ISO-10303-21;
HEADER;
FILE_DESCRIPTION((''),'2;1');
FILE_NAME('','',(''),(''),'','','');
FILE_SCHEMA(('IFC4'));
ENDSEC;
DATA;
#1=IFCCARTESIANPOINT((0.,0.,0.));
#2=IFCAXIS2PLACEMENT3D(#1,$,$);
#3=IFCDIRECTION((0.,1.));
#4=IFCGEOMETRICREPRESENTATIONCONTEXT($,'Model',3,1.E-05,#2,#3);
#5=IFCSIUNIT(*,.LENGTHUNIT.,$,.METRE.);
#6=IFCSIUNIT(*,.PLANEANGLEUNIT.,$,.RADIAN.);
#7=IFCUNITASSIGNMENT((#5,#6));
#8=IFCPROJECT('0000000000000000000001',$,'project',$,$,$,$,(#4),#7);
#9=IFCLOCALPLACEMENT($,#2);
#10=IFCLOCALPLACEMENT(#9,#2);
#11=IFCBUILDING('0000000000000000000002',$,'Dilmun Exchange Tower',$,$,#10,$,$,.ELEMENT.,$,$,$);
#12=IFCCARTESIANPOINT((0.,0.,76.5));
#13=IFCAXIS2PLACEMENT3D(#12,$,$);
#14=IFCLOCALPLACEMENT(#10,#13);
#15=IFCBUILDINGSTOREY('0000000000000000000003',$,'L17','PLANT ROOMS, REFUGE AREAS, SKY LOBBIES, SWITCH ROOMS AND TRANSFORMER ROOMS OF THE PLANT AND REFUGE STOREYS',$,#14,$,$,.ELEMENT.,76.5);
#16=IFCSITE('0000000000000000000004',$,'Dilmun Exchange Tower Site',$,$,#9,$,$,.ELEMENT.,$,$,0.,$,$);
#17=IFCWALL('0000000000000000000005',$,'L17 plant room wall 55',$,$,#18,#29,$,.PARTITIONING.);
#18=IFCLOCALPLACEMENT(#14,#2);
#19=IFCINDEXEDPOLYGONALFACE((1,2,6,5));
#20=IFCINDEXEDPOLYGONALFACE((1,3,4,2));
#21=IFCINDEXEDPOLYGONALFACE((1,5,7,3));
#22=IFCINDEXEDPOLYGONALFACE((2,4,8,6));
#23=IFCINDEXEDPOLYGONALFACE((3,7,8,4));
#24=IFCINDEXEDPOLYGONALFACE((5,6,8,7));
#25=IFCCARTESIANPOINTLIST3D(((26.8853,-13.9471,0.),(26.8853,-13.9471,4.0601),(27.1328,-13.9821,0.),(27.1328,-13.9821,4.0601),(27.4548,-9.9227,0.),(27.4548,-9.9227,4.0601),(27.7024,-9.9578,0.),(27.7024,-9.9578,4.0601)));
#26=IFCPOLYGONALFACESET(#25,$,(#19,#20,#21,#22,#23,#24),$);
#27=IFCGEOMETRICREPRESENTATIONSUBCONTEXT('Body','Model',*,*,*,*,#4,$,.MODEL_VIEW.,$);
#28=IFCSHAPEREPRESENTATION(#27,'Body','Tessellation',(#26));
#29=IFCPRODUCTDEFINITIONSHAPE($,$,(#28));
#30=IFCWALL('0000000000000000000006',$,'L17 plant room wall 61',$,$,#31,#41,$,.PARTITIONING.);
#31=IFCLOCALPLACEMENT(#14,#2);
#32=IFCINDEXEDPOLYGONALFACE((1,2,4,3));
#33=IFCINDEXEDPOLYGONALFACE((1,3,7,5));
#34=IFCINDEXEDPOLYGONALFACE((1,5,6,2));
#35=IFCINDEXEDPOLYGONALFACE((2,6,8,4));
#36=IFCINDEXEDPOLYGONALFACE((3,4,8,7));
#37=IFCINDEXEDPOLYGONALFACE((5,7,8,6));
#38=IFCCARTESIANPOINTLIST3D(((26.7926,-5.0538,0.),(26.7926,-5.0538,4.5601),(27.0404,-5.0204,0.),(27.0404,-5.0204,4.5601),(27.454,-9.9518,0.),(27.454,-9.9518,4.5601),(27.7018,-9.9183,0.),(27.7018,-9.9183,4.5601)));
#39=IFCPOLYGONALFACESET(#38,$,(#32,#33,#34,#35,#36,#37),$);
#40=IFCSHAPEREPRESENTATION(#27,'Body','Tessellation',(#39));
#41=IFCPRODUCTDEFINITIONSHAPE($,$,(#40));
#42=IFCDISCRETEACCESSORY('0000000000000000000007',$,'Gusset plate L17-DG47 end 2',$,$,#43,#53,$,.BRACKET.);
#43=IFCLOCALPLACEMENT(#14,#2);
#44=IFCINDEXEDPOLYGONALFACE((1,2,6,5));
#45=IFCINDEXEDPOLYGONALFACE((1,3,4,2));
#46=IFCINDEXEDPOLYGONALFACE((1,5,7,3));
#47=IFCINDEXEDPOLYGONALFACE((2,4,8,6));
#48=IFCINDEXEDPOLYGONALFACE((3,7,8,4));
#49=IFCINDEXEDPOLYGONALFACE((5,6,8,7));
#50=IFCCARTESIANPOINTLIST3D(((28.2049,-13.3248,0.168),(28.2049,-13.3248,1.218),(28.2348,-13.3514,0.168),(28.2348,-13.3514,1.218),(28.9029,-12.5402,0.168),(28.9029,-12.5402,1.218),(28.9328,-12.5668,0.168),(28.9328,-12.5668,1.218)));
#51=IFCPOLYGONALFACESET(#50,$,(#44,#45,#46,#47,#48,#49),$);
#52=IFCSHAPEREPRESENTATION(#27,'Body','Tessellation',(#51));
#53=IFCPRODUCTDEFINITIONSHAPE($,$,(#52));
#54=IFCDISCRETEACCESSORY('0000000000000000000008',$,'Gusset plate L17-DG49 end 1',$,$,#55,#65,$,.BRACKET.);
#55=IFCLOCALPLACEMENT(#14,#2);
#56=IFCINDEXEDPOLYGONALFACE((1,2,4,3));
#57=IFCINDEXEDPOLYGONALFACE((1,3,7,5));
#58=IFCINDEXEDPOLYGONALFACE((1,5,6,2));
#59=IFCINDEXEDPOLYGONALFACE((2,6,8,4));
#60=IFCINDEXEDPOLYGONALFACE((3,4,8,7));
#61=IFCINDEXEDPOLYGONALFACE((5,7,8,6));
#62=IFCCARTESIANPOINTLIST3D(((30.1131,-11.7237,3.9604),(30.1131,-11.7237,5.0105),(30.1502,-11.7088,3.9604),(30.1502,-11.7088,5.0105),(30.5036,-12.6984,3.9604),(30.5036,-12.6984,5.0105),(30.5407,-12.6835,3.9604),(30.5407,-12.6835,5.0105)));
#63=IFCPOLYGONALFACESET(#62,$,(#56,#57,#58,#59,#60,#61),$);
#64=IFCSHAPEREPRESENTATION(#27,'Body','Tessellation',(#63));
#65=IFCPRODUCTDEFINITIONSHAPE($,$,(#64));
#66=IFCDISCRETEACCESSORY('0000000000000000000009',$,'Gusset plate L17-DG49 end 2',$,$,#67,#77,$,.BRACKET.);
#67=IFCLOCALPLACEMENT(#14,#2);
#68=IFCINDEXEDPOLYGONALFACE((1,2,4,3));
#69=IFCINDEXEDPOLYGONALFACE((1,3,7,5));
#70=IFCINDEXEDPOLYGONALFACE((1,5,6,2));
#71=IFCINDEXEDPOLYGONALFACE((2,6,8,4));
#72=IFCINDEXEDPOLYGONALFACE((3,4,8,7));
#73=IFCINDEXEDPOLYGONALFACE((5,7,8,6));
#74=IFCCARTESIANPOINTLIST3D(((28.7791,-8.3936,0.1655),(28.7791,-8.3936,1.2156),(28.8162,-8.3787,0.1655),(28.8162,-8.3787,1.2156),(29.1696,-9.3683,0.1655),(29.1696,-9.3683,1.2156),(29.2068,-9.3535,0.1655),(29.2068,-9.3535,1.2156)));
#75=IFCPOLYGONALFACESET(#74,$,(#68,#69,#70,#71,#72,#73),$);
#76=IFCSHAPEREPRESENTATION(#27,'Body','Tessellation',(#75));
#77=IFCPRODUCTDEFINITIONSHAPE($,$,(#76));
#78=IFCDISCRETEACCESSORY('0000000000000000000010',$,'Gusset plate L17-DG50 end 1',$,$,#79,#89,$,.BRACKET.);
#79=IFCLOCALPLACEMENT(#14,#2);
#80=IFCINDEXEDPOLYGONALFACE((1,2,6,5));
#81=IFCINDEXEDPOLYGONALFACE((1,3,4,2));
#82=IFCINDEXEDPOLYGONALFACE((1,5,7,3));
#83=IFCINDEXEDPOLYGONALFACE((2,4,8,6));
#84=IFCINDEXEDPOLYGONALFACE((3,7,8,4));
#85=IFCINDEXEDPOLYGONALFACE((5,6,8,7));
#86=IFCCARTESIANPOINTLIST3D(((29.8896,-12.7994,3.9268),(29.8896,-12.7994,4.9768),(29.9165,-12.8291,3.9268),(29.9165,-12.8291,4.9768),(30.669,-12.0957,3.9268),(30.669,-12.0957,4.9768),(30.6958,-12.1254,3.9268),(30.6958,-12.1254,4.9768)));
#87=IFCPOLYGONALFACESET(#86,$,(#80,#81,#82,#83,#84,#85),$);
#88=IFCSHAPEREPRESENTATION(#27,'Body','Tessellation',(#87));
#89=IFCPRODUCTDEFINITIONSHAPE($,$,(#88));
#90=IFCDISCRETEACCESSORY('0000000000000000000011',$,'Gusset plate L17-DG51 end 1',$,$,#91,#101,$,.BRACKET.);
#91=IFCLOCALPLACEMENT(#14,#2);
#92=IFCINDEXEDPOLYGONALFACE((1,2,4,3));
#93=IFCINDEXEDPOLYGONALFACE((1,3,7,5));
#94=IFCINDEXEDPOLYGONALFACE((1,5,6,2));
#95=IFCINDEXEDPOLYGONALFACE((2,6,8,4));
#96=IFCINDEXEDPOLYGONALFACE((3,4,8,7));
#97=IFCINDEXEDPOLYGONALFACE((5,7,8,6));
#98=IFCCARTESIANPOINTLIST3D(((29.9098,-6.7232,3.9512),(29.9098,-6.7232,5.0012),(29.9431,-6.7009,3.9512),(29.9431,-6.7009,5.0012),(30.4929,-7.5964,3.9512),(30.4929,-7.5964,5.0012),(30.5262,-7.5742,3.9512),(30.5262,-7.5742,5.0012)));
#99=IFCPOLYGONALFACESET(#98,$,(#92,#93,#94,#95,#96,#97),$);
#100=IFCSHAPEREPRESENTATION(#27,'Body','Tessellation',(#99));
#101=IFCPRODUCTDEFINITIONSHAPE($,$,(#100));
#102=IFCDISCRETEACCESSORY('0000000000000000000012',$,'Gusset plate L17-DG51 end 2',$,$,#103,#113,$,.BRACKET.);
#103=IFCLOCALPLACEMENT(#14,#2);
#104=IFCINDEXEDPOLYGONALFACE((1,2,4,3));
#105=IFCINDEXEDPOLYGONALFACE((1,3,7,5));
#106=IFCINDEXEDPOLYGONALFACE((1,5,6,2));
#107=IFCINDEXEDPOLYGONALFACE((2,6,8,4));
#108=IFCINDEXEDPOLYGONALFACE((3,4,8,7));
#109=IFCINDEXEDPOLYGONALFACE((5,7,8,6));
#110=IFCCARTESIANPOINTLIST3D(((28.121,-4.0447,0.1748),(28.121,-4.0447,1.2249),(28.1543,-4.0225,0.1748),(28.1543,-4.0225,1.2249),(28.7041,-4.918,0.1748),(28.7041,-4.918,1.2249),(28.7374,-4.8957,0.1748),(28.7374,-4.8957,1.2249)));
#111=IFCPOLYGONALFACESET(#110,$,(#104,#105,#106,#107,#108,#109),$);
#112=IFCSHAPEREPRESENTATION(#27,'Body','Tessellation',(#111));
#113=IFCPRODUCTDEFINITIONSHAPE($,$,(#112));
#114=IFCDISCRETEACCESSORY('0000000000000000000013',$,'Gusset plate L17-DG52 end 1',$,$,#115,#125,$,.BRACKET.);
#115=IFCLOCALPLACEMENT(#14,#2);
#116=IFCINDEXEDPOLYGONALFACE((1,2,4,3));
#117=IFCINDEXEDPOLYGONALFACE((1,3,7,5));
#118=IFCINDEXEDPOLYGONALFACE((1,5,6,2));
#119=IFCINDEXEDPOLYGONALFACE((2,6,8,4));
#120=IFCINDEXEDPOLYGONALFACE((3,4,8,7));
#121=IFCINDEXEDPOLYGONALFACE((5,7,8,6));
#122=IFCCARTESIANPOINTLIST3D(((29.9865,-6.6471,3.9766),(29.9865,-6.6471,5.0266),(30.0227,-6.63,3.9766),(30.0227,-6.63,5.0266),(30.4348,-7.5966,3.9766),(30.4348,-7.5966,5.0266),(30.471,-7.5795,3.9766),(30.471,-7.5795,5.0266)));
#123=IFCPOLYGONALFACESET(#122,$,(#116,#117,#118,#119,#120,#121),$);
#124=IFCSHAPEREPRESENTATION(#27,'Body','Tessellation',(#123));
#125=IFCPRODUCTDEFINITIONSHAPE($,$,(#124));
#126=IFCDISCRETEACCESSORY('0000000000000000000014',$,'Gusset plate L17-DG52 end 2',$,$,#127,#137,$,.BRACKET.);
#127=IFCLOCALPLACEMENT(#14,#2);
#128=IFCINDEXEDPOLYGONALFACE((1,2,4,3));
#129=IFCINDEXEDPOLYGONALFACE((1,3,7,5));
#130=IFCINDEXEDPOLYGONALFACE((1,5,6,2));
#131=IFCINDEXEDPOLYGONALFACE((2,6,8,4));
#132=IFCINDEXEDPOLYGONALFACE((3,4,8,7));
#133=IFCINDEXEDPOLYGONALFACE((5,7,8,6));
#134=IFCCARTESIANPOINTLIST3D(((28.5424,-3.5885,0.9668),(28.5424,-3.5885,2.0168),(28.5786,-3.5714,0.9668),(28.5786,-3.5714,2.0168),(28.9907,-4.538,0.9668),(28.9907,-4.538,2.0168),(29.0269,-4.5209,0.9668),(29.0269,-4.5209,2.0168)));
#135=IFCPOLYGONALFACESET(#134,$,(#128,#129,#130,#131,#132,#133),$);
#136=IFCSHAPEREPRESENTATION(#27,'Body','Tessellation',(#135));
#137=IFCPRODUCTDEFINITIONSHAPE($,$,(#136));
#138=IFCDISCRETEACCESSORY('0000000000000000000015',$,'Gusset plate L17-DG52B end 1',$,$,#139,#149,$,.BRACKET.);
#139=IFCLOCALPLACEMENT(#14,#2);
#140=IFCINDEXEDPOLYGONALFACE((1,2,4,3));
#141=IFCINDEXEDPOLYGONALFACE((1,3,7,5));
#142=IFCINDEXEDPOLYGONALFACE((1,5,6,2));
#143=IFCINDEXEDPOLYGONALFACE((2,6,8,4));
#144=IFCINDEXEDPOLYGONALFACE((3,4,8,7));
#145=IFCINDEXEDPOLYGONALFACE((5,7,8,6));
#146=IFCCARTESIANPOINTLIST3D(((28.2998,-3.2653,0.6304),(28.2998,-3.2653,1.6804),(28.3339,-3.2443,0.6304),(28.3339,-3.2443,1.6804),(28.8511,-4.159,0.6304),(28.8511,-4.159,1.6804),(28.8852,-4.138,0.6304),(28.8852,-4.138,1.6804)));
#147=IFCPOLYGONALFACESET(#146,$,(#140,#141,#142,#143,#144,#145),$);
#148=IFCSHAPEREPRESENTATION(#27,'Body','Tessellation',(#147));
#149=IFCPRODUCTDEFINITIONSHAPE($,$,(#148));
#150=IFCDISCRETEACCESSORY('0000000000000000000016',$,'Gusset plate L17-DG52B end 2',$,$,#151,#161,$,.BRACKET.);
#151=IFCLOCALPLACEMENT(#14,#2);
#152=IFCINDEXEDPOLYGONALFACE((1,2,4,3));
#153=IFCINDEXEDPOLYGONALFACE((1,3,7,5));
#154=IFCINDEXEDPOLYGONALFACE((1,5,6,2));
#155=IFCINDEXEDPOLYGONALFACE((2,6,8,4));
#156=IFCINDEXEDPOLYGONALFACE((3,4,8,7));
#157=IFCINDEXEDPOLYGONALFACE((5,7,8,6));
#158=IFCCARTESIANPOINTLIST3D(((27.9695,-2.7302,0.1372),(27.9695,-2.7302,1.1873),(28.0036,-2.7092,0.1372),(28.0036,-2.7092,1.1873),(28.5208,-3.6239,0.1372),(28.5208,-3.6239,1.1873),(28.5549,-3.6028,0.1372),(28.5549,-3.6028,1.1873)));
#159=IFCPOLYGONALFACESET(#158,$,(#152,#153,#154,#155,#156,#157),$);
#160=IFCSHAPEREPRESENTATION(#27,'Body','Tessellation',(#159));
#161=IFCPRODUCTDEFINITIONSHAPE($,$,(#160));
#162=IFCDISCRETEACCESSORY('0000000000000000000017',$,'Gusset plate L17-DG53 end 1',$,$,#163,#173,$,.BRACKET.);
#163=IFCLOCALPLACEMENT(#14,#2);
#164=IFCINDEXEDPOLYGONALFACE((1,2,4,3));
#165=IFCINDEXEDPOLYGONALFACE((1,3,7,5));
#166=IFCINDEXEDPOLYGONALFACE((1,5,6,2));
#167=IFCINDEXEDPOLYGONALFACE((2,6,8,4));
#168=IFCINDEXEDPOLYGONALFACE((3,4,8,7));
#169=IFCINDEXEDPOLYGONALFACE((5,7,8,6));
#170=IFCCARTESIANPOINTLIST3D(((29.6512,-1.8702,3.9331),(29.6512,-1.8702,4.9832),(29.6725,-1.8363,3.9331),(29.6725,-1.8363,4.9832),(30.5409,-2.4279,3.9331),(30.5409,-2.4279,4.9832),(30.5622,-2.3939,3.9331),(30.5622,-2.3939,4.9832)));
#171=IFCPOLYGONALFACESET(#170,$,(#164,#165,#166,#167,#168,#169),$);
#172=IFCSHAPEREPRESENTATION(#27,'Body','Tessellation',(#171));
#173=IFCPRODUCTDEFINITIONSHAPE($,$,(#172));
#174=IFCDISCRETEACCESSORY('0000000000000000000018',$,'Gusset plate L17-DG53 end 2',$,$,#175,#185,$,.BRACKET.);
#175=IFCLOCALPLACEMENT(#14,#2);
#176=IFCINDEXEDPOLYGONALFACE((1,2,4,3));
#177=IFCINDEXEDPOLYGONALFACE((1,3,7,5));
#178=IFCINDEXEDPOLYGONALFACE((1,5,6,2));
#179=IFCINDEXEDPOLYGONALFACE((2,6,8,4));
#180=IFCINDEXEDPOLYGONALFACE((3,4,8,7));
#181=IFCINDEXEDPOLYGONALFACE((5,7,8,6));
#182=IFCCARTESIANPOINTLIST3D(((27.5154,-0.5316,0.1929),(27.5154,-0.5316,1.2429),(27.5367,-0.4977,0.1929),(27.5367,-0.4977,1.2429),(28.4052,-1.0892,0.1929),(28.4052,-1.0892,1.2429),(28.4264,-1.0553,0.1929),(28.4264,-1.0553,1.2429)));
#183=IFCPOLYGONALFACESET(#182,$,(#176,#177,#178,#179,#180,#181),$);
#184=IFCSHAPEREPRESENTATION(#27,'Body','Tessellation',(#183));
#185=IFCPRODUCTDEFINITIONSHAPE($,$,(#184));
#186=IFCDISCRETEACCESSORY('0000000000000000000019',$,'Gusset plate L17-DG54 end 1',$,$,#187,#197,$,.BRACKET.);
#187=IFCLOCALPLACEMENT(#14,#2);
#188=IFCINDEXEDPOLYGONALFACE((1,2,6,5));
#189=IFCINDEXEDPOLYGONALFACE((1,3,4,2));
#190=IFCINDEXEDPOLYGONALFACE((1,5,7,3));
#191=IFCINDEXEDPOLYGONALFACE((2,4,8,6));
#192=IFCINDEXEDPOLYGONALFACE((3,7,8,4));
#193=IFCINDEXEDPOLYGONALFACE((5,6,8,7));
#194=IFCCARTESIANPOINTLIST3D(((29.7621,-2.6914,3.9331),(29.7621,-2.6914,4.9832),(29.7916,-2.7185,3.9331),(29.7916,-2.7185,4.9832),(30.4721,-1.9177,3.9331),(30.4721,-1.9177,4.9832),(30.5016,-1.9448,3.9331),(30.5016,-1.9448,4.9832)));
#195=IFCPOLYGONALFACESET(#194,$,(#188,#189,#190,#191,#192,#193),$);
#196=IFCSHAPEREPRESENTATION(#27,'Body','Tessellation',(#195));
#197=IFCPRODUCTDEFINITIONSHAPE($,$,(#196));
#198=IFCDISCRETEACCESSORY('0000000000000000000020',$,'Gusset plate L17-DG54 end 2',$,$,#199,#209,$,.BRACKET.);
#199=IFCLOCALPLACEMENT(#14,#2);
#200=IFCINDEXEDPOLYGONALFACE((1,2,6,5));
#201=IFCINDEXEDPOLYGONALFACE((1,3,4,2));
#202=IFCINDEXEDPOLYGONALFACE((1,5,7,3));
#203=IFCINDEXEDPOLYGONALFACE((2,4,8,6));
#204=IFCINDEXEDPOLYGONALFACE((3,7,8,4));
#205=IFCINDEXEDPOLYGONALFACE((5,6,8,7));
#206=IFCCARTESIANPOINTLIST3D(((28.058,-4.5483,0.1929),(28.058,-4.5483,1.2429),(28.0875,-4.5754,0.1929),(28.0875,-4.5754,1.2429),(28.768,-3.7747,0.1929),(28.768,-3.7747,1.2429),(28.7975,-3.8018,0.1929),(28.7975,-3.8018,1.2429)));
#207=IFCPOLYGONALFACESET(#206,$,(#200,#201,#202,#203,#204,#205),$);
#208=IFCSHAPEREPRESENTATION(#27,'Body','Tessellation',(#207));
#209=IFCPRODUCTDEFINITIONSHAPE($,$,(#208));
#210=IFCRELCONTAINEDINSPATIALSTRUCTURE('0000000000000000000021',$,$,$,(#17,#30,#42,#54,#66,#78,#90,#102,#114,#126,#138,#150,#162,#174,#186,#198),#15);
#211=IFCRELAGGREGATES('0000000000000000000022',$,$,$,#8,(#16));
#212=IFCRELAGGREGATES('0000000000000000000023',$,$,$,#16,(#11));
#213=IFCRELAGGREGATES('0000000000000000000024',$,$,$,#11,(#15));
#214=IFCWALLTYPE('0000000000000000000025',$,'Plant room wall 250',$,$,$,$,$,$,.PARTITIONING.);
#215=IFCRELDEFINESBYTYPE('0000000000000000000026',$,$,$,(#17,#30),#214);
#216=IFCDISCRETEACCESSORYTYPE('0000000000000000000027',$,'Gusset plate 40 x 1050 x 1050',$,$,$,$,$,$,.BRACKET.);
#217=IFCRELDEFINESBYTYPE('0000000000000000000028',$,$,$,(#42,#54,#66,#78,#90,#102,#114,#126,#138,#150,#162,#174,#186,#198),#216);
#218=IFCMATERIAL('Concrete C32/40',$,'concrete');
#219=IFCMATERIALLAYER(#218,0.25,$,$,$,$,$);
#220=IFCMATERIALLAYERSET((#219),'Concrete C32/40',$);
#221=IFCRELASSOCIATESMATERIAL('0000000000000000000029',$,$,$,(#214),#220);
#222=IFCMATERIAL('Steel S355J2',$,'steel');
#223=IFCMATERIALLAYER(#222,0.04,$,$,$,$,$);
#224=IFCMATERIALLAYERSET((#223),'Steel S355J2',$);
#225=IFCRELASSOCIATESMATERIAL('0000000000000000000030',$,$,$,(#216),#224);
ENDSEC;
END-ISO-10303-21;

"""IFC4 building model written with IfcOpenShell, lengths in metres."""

from ifc_helpers import new_model, si_unit, direction, frame, frame_2d, origin, origin_2d, place, context, subcontext, project, spatial, rectangle, extrude, material, layer, layer_set, type_object, element, save


model = new_model("IFC4")

# Units and contexts
model_context = context("Model", 3, precision=1e-05, world=origin(), true_north=direction((0.0, 1.0)))
body_context = subcontext(model_context, "Body", "Model", "MODEL_VIEW")
ifc_project = project(units=[si_unit("LENGTHUNIT", "METRE"), si_unit("PLANEANGLEUNIT", "RADIAN")], contexts=[model_context])

# Site, building, storey
site_placement = place(None, origin())
site = spatial("IfcSite", under=ifc_project, at=site_placement, Name="Dilmun Exchange Tower Site", CompositionType="ELEMENT", RefElevation=0.0)
building_placement = place(site_placement, origin())
building = spatial("IfcBuilding", under=site, at=building_placement, Name="Dilmun Exchange Tower", CompositionType="ELEMENT")
storey_placement = place(building_placement, frame((0.0, 0.0, 76.5)))
storey = spatial("IfcBuildingStorey", under=building, at=storey_placement, Name="L17", Description="PLANT ROOMS, REFUGE AREAS, SKY LOBBIES, SWITCH ROOMS AND TRANSFORMER ROOMS OF THE PLANT AND REFUGE STOREYS", CompositionType="ELEMENT", Elevation=76.5)

# Walls
ifc_material_1 = material(Name="Concrete C32/40", Category="concrete")
ifc_layer_1 = layer(ifc_material_1, 0.25)
ifc_layer_set_1 = layer_set([ifc_layer_1], Name="Concrete C32/40")
wall_type = type_object("IfcWallType", Name="Plant room wall 250", PredefinedType="PARTITIONING", material=ifc_layer_set_1)
wall_1_placement = place(storey_placement, frame((27.009, -13.9646, 0.0), z_axis=(0.0, 0.0, 1.0), x_axis=(0.140135, 0.990132, 0.0)))
element("IfcWall", 1, at=wall_1_placement, inside=storey, type_object=wall_type, Name="L17 plant room wall 55", PredefinedType="PARTITIONING", context=body_context, shape_type="SweptSolid", body=[
    extrude(rectangle(XDim=4.0645, YDim=0.25, at=frame_2d((2.0322, 0.0))), origin(), (0.0, 0.0, 1.0), 4.0601),
])
wall_2_placement = place(storey_placement, frame((26.9165, -5.0371, 0.0), z_axis=(0.0, 0.0, 1.0), x_axis=(0.133817, -0.991006, 0.0)))
element("IfcWall", 2, at=wall_2_placement, inside=storey, type_object=wall_type, Name="L17 plant room wall 61", PredefinedType="PARTITIONING", context=body_context, shape_type="SweptSolid", body=[
    extrude(rectangle(XDim=4.9424, YDim=0.25, at=frame_2d((2.4712, 0.0))), origin(), (0.0, 0.0, 1.0), 4.5601),
])

# Discrete accessories
ifc_material_2 = material(Name="Steel S355J2", Category="steel")
ifc_layer_2 = layer(ifc_material_2, 0.04)
ifc_layer_set_2 = layer_set([ifc_layer_2], Name="Steel S355J2")
discrete_accessory_type = type_object("IfcDiscreteAccessoryType", Name="Gusset plate 40 x 1050 x 1050", PredefinedType="BRACKET", material=ifc_layer_set_2)
for number, where, z_axis, x_axis, name in (
    (3, (28.5688, -12.9458, 0.168), (0.0, 0.0, 1.0), (0.664659, 0.747147, 0.0), "Gusset plate L17-DG47 end 2"),
    (4, (30.3269, -12.2036, 3.9604), (0.0, 0.0, 1.0), (-0.371911, 0.928269, 0.0), "Gusset plate L17-DG49 end 1"),
    (5, (28.9929, -8.8735, 0.1655), (0.0, 0.0, 1.0), (-0.371911, 0.928269, 0.0), "Gusset plate L17-DG49 end 2"),
    (6, (30.2927, -12.4624, 3.9268), (0.0, 0.0, 1.0), (-0.742189, -0.670191, 0.0), "Gusset plate L17-DG50 end 1"),
    (7, (30.218, -7.1487, 3.9512), (0.0, 0.0, 1.0), (-0.555328, 0.831632, 0.0), "Gusset plate L17-DG51 end 1"),
    (8, (28.4292, -4.4702, 0.1748), (0.0, 0.0, 1.0), (-0.555328, 0.831632, 0.0), "Gusset plate L17-DG51 end 2"),
    (9, (30.2288, -7.1133, 3.9766), (0.0, 0.0, 1.0), (-0.426976, 0.904263, 0.0), "Gusset plate L17-DG52 end 1"),
    (10, (28.7847, -4.0547, 0.9668), (0.0, 0.0, 1.0), (-0.426976, 0.904263, 0.0), "Gusset plate L17-DG52 end 2"),
    (11, (28.5925, -3.7017, 0.6304), (0.0, 0.0, 1.0), (-0.525029, 0.851084, 0.0), "Gusset plate L17-DG52B end 1"),
    (12, (28.2622, -3.1665, 0.1372), (0.0, 0.0, 1.0), (-0.525029, 0.851084, 0.0), "Gusset plate L17-DG52B end 2"),
    (13, (30.1067, -2.1321, 3.9331), (0.0, 0.0, 1.0), (-0.847325, 0.531075, 0.0), "Gusset plate L17-DG53 end 1"),
    (14, (27.9709, -0.7935, 0.1929), (0.0, 0.0, 1.0), (-0.847325, 0.531075, 0.0), "Gusset plate L17-DG53 end 2"),
    (15, (30.1318, -2.3181, 3.9331), (0.0, 0.0, 1.0), (-0.676124, -0.736788, 0.0), "Gusset plate L17-DG54 end 1"),
    (16, (28.4277, -4.175, 0.1929), (0.0, 0.0, 1.0), (-0.676124, -0.736788, 0.0), "Gusset plate L17-DG54 end 2"),
):
    element("IfcDiscreteAccessory", number, at=place(storey_placement, frame(where, z_axis=z_axis, x_axis=x_axis)), inside=storey, type_object=discrete_accessory_type, Name=name, PredefinedType="BRACKET", context=body_context, shape_type="SweptSolid", body=[
        extrude(rectangle(XDim=1.05, YDim=0.04, at=origin_2d()), origin(), (0.0, 0.0, 1.0), 1.05),
    ])

save(model, "model.ifc")
